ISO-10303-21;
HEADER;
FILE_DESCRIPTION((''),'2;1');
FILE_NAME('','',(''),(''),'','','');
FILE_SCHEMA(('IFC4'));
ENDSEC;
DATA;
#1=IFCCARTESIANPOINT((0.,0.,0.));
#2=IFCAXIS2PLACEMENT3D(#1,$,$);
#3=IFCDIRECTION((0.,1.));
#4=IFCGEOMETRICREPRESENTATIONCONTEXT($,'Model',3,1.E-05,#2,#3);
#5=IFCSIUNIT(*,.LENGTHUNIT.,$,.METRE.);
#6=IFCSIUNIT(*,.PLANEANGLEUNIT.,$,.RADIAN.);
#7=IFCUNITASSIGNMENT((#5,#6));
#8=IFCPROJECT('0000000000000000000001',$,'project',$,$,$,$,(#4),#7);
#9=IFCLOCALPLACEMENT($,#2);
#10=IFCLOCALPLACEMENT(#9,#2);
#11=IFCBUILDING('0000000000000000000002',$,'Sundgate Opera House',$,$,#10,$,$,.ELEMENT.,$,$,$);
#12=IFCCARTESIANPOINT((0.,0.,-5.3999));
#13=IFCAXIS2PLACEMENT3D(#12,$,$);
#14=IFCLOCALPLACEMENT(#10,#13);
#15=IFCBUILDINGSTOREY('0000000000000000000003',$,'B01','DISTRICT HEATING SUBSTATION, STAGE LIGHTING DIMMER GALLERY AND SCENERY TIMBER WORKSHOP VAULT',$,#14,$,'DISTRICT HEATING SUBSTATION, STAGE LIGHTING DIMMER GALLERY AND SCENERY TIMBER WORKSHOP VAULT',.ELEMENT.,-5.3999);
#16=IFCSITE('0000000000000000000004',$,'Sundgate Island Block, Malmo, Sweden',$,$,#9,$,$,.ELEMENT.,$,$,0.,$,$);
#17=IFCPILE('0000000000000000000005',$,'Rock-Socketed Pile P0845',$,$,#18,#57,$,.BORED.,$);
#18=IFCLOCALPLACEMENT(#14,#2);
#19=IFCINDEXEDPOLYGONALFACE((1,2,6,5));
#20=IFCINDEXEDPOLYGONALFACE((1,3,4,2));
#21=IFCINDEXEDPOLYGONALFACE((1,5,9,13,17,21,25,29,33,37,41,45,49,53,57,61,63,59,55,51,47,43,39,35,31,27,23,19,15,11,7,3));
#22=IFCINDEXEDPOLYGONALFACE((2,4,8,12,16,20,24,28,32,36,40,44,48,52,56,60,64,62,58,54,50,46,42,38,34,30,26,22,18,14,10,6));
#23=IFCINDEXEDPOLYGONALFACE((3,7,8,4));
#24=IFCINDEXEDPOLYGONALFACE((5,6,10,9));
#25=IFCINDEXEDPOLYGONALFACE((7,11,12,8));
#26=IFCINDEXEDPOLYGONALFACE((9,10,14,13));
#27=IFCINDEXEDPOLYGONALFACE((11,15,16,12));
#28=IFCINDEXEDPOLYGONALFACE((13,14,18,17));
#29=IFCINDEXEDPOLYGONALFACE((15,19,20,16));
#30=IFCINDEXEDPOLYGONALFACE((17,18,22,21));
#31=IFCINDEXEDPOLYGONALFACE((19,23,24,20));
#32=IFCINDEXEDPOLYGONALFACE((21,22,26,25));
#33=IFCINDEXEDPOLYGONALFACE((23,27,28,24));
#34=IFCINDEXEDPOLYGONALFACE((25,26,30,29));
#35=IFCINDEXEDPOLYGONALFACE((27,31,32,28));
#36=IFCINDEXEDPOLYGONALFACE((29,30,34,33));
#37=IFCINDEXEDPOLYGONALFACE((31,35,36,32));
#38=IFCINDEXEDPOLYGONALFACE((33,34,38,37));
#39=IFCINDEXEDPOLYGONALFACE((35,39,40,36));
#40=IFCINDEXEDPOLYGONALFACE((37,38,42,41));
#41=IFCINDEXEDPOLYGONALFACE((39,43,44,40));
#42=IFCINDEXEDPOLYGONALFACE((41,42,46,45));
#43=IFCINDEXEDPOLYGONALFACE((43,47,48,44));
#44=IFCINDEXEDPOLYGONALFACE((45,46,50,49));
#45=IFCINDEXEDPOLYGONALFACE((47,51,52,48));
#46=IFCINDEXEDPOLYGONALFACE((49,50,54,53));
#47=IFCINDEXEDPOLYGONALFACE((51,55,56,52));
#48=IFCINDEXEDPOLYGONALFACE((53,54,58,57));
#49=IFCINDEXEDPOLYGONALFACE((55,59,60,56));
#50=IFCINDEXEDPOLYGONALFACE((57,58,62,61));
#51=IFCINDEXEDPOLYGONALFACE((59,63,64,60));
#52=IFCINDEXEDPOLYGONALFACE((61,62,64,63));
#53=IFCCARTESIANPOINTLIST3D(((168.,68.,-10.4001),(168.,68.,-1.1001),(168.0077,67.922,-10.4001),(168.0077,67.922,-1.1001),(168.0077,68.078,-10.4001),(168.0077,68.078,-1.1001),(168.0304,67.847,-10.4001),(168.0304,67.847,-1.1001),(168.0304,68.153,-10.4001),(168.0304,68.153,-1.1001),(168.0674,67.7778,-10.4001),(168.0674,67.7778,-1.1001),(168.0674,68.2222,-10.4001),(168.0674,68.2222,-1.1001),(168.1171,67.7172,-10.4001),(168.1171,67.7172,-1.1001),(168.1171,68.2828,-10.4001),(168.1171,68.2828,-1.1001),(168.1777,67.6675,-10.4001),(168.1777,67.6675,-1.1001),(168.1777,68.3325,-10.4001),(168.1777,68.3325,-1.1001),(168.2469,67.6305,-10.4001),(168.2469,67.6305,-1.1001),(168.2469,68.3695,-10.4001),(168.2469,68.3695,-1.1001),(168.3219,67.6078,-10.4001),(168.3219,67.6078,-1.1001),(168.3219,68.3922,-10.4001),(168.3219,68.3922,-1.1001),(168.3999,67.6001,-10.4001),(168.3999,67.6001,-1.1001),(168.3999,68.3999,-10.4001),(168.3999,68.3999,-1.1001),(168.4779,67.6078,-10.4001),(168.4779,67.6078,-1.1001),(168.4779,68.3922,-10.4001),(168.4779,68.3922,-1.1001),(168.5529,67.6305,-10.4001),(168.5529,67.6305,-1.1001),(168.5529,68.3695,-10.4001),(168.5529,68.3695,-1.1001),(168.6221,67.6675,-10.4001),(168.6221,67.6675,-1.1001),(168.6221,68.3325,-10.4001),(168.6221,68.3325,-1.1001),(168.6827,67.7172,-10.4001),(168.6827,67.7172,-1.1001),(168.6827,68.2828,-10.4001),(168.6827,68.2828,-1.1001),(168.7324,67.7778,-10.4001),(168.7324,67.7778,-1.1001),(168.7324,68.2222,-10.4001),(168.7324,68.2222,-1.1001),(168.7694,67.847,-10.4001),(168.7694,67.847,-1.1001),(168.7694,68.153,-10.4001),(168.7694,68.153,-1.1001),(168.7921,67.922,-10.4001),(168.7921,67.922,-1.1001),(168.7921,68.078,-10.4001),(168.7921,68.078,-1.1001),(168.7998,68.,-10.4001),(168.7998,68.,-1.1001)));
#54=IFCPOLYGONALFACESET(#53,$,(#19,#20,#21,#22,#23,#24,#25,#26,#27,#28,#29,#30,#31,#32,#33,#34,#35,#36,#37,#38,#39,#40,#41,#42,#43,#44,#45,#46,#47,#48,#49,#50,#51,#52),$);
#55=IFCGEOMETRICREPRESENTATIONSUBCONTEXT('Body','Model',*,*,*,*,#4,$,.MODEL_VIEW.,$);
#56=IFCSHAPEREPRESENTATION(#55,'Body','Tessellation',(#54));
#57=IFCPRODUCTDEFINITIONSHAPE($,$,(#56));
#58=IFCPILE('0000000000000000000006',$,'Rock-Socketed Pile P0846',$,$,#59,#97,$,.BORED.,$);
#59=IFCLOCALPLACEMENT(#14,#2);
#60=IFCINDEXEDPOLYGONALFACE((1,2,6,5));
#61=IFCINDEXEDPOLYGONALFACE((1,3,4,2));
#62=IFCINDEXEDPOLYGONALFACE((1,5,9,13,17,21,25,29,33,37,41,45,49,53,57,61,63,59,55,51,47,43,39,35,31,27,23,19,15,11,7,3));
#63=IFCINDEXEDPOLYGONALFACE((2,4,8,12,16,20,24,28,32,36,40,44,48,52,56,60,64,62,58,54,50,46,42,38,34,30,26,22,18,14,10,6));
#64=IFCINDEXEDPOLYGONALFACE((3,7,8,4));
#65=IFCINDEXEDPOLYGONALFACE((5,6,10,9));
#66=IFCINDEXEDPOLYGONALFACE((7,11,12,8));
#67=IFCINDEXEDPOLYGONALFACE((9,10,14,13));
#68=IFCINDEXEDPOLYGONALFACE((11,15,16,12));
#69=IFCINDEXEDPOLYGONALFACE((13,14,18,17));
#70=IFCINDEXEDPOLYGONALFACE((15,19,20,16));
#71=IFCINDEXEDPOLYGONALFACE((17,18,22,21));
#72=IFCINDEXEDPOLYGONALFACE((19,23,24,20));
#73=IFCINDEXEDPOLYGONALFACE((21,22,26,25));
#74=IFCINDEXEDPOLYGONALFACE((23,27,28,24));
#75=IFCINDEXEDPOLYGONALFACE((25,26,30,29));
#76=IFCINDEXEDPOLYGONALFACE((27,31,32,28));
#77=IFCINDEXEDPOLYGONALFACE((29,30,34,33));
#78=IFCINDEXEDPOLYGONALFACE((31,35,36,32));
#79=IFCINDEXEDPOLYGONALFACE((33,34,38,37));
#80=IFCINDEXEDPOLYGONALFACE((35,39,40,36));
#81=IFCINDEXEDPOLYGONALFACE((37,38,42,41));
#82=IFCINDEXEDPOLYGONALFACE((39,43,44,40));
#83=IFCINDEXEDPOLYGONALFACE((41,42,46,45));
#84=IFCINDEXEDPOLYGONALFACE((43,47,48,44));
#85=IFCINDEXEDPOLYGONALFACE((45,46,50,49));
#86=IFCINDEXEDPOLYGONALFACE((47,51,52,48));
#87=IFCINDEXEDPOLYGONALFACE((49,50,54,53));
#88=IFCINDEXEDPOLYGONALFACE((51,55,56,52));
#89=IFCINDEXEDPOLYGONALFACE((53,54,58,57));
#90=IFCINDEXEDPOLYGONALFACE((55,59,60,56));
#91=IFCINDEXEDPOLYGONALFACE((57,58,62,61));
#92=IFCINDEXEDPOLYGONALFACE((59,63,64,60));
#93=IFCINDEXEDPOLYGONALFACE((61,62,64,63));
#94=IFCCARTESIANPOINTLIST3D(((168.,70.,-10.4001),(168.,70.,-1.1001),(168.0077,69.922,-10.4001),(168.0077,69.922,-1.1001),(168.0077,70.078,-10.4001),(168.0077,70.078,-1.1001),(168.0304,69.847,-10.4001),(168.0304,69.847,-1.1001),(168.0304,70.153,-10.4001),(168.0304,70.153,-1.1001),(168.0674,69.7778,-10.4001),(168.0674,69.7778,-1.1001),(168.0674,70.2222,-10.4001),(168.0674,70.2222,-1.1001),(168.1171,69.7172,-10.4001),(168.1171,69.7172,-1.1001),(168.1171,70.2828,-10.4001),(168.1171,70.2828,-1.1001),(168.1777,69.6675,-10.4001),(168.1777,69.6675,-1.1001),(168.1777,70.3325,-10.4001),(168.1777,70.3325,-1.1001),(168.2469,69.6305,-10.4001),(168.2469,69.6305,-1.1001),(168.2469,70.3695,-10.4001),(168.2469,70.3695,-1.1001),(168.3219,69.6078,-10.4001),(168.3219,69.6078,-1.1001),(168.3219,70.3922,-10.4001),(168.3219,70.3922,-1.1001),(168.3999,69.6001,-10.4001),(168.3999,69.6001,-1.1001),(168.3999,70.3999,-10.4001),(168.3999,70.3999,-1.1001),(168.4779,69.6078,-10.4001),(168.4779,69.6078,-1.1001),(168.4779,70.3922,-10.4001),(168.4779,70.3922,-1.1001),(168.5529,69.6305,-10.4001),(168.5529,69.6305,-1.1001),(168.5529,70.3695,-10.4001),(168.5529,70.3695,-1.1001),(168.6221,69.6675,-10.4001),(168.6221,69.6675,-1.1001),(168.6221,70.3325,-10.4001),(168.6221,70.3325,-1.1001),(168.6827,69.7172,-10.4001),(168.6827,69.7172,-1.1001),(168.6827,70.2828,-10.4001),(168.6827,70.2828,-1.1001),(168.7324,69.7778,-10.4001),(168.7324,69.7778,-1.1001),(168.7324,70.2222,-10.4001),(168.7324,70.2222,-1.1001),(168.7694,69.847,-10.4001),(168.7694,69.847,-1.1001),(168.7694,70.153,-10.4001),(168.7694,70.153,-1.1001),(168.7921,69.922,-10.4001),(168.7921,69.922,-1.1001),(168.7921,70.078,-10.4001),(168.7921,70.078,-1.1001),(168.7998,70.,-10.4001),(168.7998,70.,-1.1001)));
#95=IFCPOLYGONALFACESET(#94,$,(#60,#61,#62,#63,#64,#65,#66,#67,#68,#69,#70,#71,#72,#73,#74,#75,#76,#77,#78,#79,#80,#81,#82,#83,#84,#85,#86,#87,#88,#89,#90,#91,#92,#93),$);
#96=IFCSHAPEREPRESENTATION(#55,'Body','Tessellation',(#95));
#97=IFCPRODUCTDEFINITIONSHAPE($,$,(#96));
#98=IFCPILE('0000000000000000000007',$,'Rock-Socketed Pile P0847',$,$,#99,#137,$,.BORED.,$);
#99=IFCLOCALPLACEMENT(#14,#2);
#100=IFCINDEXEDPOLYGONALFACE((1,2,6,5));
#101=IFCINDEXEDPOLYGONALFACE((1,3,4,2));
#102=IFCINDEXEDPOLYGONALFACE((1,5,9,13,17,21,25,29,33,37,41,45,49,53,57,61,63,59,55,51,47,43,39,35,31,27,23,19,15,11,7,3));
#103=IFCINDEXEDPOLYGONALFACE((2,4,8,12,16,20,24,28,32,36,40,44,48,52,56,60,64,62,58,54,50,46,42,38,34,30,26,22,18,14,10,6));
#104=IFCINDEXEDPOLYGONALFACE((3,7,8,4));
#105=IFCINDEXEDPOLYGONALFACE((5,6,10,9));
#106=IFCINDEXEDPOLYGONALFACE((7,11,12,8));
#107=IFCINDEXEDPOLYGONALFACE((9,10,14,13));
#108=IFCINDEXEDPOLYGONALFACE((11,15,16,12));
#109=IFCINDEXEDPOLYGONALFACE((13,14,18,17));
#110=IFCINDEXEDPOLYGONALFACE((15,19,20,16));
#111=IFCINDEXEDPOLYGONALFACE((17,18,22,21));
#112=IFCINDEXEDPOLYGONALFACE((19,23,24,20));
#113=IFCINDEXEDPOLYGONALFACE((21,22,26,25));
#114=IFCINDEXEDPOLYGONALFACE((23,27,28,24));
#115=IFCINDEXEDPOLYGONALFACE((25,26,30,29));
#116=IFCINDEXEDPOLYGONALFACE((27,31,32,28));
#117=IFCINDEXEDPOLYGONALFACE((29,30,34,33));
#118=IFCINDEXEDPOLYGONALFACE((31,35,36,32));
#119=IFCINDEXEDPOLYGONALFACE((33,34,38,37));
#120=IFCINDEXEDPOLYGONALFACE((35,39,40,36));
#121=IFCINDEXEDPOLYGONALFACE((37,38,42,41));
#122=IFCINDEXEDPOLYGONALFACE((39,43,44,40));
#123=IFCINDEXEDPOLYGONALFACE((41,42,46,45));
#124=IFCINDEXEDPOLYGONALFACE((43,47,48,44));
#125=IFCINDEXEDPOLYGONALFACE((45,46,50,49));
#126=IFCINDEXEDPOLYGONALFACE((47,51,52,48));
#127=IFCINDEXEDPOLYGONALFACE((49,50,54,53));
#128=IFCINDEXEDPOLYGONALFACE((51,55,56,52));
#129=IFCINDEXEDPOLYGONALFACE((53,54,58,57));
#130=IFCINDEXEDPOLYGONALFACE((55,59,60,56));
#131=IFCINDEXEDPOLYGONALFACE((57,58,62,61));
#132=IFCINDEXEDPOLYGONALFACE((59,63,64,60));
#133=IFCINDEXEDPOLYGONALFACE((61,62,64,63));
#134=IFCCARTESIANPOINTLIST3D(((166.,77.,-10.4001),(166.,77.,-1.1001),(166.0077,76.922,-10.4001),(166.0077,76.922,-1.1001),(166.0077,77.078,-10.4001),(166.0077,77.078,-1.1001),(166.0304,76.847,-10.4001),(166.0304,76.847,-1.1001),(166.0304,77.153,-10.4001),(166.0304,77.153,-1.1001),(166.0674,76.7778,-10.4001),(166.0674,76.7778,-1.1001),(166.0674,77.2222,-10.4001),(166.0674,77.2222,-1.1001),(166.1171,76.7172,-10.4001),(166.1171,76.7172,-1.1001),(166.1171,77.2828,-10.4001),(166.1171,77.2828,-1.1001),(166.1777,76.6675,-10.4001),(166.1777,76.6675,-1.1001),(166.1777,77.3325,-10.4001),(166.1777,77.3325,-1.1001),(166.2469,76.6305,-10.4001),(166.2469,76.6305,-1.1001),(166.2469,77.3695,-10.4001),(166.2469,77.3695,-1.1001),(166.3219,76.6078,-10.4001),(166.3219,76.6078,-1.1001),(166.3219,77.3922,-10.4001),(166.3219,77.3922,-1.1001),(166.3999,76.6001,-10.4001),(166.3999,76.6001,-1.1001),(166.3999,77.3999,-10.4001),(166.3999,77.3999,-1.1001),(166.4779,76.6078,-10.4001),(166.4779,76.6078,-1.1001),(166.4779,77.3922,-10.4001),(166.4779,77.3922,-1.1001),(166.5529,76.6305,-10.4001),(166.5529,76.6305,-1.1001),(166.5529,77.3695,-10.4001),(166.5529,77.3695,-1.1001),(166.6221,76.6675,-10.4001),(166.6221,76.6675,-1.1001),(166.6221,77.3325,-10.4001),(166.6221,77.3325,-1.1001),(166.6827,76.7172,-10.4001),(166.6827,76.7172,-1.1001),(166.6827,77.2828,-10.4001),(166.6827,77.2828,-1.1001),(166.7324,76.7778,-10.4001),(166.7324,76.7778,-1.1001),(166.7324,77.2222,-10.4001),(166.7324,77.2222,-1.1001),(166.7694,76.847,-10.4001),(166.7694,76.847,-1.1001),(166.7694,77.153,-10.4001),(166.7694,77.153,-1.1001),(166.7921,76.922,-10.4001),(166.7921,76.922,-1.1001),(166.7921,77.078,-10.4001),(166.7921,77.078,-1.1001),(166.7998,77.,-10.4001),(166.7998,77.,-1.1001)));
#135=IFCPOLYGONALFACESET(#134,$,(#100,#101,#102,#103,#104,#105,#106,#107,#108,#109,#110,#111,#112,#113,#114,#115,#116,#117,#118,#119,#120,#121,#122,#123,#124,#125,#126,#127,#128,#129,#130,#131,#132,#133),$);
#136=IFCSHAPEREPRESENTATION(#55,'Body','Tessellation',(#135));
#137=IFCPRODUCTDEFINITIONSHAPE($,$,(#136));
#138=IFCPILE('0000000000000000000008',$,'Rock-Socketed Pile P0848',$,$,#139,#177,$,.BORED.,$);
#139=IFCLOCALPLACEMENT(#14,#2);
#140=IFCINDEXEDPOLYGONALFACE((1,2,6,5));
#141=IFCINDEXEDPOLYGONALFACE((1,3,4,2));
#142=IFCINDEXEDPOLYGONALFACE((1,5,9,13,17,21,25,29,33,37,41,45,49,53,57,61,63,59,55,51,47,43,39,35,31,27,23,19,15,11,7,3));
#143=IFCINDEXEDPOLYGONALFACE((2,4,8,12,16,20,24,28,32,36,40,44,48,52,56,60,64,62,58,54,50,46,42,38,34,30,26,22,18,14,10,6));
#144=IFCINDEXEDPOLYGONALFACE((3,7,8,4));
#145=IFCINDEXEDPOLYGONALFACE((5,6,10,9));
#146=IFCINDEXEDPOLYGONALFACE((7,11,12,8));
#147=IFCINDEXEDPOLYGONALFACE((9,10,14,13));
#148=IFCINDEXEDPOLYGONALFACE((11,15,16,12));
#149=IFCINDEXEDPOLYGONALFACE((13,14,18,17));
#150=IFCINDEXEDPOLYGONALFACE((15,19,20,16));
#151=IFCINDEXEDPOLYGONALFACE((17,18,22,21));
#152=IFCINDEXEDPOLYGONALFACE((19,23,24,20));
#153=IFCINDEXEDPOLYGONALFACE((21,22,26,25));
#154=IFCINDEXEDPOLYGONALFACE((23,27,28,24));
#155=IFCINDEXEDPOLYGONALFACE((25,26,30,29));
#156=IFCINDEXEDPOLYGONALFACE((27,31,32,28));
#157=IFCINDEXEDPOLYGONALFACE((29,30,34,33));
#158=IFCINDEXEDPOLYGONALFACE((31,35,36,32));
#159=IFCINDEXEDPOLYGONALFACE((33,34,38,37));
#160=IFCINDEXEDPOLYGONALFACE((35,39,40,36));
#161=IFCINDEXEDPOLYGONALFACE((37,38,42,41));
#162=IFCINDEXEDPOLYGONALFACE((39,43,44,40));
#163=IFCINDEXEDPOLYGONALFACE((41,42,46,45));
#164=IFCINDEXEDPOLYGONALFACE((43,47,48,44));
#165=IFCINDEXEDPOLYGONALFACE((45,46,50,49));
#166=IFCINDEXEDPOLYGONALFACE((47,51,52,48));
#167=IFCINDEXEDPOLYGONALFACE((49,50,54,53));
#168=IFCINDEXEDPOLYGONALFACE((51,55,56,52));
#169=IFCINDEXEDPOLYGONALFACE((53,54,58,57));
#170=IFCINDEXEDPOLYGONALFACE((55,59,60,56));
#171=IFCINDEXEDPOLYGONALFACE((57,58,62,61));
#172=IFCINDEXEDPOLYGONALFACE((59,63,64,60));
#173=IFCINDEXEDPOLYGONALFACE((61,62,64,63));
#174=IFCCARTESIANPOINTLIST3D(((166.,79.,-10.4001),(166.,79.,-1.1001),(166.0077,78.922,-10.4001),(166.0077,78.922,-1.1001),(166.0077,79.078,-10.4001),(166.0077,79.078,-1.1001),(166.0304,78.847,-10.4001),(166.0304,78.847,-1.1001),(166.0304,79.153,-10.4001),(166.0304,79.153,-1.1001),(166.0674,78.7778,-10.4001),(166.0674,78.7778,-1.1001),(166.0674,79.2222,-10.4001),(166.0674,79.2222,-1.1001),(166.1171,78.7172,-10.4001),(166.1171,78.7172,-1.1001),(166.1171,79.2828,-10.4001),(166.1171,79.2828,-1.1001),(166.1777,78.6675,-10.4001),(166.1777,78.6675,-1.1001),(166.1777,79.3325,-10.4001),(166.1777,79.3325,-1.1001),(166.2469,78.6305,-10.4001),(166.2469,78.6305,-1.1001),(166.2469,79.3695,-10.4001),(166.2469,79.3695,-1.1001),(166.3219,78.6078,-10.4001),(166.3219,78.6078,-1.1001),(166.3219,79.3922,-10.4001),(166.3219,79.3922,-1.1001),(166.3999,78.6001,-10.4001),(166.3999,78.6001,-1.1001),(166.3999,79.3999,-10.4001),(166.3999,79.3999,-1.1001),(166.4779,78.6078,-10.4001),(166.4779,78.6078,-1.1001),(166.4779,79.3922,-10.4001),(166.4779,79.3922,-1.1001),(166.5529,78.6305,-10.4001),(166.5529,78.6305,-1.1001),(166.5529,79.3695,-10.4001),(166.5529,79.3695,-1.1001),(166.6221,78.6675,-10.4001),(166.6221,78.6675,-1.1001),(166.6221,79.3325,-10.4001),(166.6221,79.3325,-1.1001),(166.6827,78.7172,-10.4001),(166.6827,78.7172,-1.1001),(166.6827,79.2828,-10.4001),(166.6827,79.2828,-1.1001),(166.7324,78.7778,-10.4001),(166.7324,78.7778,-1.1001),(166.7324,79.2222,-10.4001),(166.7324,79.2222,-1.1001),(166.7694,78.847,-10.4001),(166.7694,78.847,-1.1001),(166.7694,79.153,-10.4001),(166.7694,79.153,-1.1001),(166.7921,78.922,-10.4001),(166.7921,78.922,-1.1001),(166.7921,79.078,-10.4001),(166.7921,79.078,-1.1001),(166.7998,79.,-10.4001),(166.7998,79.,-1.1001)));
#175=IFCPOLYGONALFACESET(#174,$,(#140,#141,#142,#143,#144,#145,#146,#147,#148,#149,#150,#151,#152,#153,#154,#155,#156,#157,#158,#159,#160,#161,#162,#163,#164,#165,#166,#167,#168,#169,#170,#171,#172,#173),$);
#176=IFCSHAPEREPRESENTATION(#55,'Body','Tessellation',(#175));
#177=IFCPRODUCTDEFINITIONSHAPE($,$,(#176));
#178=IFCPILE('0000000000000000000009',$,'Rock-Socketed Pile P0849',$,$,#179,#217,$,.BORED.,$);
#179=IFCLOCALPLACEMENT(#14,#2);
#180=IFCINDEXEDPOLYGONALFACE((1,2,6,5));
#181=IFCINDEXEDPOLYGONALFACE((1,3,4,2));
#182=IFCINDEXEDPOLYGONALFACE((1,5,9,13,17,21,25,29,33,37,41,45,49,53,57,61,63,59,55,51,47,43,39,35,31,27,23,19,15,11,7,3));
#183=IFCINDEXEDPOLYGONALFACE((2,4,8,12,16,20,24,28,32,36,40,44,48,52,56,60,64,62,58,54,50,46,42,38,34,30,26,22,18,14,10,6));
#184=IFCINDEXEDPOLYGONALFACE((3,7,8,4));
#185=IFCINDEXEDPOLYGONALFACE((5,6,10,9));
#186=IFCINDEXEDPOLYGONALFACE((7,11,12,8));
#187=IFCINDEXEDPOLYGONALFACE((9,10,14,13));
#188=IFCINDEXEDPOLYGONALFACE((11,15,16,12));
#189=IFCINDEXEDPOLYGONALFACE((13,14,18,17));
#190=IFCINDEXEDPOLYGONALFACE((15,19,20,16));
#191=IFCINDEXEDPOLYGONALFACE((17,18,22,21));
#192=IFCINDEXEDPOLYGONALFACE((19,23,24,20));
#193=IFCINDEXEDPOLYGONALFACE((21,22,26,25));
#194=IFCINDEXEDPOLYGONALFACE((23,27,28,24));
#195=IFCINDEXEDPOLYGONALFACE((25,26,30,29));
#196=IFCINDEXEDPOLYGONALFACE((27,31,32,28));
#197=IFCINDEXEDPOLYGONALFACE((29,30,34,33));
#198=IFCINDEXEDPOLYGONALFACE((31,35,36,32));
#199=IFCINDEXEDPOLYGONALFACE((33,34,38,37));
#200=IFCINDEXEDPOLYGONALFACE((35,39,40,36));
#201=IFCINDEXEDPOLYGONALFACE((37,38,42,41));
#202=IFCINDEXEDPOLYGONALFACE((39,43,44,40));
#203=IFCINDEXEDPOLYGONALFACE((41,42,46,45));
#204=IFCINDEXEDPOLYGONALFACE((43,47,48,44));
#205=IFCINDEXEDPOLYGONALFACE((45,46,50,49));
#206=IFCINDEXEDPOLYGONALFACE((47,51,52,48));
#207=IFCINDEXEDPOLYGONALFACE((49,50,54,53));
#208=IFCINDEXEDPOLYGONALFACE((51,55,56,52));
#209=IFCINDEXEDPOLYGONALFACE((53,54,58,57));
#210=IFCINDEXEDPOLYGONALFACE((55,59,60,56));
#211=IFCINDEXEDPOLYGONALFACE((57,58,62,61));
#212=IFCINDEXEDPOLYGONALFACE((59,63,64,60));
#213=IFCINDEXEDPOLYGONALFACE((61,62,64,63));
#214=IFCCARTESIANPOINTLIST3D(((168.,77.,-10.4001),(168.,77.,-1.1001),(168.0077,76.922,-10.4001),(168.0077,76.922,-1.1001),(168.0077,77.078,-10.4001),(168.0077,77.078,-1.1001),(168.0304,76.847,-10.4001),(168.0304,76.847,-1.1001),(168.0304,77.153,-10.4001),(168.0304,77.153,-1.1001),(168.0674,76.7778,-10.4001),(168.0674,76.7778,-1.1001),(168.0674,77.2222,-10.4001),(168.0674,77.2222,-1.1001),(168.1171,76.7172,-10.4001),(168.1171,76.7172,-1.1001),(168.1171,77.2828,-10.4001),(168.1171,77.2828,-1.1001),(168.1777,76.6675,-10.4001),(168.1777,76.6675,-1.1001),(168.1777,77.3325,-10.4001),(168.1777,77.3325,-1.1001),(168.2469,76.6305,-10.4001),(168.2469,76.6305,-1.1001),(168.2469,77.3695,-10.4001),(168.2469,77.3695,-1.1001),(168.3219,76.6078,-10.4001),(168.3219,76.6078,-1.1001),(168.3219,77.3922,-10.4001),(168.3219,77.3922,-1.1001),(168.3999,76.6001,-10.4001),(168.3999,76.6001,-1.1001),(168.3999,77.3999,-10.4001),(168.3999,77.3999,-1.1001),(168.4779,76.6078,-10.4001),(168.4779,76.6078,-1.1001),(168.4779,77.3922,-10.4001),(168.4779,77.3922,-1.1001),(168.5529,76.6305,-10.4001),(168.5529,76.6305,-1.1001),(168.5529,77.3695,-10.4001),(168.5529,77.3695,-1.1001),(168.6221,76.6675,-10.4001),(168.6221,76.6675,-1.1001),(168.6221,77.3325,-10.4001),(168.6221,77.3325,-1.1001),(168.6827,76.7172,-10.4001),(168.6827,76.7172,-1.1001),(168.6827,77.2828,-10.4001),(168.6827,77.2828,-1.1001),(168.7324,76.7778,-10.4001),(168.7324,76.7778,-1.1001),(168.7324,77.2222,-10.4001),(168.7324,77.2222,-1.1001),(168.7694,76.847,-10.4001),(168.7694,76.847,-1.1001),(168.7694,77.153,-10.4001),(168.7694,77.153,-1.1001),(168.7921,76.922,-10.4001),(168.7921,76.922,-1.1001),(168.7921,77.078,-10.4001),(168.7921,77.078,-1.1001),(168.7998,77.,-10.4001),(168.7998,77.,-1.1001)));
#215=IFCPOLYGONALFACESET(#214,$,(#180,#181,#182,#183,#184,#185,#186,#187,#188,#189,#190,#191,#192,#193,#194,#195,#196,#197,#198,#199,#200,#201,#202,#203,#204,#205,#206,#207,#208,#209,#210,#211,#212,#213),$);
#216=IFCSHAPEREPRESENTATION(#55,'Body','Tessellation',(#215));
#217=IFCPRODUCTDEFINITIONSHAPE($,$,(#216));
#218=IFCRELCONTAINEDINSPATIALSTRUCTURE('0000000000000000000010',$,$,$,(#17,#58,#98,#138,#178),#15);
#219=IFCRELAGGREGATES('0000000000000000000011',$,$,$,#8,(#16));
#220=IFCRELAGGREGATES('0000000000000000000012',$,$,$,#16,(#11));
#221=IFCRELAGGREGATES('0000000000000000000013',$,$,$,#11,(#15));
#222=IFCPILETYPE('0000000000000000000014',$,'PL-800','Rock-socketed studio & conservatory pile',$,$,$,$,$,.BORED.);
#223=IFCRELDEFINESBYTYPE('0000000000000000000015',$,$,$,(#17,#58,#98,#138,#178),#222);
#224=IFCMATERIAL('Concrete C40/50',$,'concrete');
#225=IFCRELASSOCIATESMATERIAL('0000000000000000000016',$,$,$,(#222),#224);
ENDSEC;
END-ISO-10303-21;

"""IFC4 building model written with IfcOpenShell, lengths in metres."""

from ifc_helpers import new_model, si_unit, direction, frame, origin, origin_2d, place, context, subcontext, project, spatial, circle, extrude, material, material_profile, profile_set, type_object, element, save


model = new_model("IFC4")

# Units and contexts
model_context = context("Model", 3, precision=1e-05, world=origin(), true_north=direction((0.0, 1.0)))
body_context = subcontext(model_context, "Body", "Model", "MODEL_VIEW")
ifc_project = project(units=[si_unit("LENGTHUNIT", "METRE"), si_unit("PLANEANGLEUNIT", "RADIAN")], contexts=[model_context])

# Site, building, storey
site_placement = place(None, origin())
site = spatial("IfcSite", under=ifc_project, at=site_placement, Name="Sundgate Island Block, Malmo, Sweden", CompositionType="ELEMENT", RefElevation=0.0)
building_placement = place(site_placement, origin())
building = spatial("IfcBuilding", under=site, at=building_placement, Name="Sundgate Opera House", CompositionType="ELEMENT")
storey_placement = place(building_placement, frame((0.0, 0.0, -5.3999)))
storey = spatial("IfcBuildingStorey", under=building, at=storey_placement, Name="B01", Description="DISTRICT HEATING SUBSTATION, STAGE LIGHTING DIMMER GALLERY AND SCENERY TIMBER WORKSHOP VAULT", LongName="DISTRICT HEATING SUBSTATION, STAGE LIGHTING DIMMER GALLERY AND SCENERY TIMBER WORKSHOP VAULT", CompositionType="ELEMENT", Elevation=-5.3999)

# Piles
ifc_material_1 = material(Name="Concrete C40/50", Category="concrete")
ifc_material_profile_1 = material_profile(ifc_material_1, circle(Radius=0.3999, at=origin_2d()), Name="PILE D800")
ifc_profile_set_1 = profile_set([ifc_material_profile_1], Name="Concrete C40/50")
pile_type = type_object("IfcPileType", Name="PL-800", Description="Rock-socketed studio & conservatory pile", PredefinedType="BORED", material=ifc_profile_set_1)
for number, where, z_axis, x_axis, name in (
    (1, (168.3999, 68.0, -1.1001), (0.0, 0.0, -1.0), (1.0, 0.0, 0.0), "Rock-Socketed Pile P0845"),
    (2, (168.3999, 70.0, -1.1001), (0.0, 0.0, -1.0), (1.0, 0.0, 0.0), "Rock-Socketed Pile P0846"),
    (3, (166.3999, 77.0, -1.1001), (0.0, 0.0, -1.0), (1.0, 0.0, 0.0), "Rock-Socketed Pile P0847"),
    (4, (166.3999, 79.0, -1.1001), (0.0, 0.0, -1.0), (1.0, 0.0, 0.0), "Rock-Socketed Pile P0848"),
    (5, (168.3999, 77.0, -1.1001), (0.0, 0.0, -1.0), (1.0, 0.0, 0.0), "Rock-Socketed Pile P0849"),
):
    element("IfcPile", number, at=place(storey_placement, frame(where, z_axis=z_axis, x_axis=x_axis)), inside=storey, type_object=pile_type, Name=name, PredefinedType="BORED", context=body_context, shape_type="SweptSolid", body=[
        extrude(circle(Radius=0.3999, at=origin_2d()), origin(), (0.0, 0.0, 1.0), 9.3),
    ])

save(model, "model.ifc")
